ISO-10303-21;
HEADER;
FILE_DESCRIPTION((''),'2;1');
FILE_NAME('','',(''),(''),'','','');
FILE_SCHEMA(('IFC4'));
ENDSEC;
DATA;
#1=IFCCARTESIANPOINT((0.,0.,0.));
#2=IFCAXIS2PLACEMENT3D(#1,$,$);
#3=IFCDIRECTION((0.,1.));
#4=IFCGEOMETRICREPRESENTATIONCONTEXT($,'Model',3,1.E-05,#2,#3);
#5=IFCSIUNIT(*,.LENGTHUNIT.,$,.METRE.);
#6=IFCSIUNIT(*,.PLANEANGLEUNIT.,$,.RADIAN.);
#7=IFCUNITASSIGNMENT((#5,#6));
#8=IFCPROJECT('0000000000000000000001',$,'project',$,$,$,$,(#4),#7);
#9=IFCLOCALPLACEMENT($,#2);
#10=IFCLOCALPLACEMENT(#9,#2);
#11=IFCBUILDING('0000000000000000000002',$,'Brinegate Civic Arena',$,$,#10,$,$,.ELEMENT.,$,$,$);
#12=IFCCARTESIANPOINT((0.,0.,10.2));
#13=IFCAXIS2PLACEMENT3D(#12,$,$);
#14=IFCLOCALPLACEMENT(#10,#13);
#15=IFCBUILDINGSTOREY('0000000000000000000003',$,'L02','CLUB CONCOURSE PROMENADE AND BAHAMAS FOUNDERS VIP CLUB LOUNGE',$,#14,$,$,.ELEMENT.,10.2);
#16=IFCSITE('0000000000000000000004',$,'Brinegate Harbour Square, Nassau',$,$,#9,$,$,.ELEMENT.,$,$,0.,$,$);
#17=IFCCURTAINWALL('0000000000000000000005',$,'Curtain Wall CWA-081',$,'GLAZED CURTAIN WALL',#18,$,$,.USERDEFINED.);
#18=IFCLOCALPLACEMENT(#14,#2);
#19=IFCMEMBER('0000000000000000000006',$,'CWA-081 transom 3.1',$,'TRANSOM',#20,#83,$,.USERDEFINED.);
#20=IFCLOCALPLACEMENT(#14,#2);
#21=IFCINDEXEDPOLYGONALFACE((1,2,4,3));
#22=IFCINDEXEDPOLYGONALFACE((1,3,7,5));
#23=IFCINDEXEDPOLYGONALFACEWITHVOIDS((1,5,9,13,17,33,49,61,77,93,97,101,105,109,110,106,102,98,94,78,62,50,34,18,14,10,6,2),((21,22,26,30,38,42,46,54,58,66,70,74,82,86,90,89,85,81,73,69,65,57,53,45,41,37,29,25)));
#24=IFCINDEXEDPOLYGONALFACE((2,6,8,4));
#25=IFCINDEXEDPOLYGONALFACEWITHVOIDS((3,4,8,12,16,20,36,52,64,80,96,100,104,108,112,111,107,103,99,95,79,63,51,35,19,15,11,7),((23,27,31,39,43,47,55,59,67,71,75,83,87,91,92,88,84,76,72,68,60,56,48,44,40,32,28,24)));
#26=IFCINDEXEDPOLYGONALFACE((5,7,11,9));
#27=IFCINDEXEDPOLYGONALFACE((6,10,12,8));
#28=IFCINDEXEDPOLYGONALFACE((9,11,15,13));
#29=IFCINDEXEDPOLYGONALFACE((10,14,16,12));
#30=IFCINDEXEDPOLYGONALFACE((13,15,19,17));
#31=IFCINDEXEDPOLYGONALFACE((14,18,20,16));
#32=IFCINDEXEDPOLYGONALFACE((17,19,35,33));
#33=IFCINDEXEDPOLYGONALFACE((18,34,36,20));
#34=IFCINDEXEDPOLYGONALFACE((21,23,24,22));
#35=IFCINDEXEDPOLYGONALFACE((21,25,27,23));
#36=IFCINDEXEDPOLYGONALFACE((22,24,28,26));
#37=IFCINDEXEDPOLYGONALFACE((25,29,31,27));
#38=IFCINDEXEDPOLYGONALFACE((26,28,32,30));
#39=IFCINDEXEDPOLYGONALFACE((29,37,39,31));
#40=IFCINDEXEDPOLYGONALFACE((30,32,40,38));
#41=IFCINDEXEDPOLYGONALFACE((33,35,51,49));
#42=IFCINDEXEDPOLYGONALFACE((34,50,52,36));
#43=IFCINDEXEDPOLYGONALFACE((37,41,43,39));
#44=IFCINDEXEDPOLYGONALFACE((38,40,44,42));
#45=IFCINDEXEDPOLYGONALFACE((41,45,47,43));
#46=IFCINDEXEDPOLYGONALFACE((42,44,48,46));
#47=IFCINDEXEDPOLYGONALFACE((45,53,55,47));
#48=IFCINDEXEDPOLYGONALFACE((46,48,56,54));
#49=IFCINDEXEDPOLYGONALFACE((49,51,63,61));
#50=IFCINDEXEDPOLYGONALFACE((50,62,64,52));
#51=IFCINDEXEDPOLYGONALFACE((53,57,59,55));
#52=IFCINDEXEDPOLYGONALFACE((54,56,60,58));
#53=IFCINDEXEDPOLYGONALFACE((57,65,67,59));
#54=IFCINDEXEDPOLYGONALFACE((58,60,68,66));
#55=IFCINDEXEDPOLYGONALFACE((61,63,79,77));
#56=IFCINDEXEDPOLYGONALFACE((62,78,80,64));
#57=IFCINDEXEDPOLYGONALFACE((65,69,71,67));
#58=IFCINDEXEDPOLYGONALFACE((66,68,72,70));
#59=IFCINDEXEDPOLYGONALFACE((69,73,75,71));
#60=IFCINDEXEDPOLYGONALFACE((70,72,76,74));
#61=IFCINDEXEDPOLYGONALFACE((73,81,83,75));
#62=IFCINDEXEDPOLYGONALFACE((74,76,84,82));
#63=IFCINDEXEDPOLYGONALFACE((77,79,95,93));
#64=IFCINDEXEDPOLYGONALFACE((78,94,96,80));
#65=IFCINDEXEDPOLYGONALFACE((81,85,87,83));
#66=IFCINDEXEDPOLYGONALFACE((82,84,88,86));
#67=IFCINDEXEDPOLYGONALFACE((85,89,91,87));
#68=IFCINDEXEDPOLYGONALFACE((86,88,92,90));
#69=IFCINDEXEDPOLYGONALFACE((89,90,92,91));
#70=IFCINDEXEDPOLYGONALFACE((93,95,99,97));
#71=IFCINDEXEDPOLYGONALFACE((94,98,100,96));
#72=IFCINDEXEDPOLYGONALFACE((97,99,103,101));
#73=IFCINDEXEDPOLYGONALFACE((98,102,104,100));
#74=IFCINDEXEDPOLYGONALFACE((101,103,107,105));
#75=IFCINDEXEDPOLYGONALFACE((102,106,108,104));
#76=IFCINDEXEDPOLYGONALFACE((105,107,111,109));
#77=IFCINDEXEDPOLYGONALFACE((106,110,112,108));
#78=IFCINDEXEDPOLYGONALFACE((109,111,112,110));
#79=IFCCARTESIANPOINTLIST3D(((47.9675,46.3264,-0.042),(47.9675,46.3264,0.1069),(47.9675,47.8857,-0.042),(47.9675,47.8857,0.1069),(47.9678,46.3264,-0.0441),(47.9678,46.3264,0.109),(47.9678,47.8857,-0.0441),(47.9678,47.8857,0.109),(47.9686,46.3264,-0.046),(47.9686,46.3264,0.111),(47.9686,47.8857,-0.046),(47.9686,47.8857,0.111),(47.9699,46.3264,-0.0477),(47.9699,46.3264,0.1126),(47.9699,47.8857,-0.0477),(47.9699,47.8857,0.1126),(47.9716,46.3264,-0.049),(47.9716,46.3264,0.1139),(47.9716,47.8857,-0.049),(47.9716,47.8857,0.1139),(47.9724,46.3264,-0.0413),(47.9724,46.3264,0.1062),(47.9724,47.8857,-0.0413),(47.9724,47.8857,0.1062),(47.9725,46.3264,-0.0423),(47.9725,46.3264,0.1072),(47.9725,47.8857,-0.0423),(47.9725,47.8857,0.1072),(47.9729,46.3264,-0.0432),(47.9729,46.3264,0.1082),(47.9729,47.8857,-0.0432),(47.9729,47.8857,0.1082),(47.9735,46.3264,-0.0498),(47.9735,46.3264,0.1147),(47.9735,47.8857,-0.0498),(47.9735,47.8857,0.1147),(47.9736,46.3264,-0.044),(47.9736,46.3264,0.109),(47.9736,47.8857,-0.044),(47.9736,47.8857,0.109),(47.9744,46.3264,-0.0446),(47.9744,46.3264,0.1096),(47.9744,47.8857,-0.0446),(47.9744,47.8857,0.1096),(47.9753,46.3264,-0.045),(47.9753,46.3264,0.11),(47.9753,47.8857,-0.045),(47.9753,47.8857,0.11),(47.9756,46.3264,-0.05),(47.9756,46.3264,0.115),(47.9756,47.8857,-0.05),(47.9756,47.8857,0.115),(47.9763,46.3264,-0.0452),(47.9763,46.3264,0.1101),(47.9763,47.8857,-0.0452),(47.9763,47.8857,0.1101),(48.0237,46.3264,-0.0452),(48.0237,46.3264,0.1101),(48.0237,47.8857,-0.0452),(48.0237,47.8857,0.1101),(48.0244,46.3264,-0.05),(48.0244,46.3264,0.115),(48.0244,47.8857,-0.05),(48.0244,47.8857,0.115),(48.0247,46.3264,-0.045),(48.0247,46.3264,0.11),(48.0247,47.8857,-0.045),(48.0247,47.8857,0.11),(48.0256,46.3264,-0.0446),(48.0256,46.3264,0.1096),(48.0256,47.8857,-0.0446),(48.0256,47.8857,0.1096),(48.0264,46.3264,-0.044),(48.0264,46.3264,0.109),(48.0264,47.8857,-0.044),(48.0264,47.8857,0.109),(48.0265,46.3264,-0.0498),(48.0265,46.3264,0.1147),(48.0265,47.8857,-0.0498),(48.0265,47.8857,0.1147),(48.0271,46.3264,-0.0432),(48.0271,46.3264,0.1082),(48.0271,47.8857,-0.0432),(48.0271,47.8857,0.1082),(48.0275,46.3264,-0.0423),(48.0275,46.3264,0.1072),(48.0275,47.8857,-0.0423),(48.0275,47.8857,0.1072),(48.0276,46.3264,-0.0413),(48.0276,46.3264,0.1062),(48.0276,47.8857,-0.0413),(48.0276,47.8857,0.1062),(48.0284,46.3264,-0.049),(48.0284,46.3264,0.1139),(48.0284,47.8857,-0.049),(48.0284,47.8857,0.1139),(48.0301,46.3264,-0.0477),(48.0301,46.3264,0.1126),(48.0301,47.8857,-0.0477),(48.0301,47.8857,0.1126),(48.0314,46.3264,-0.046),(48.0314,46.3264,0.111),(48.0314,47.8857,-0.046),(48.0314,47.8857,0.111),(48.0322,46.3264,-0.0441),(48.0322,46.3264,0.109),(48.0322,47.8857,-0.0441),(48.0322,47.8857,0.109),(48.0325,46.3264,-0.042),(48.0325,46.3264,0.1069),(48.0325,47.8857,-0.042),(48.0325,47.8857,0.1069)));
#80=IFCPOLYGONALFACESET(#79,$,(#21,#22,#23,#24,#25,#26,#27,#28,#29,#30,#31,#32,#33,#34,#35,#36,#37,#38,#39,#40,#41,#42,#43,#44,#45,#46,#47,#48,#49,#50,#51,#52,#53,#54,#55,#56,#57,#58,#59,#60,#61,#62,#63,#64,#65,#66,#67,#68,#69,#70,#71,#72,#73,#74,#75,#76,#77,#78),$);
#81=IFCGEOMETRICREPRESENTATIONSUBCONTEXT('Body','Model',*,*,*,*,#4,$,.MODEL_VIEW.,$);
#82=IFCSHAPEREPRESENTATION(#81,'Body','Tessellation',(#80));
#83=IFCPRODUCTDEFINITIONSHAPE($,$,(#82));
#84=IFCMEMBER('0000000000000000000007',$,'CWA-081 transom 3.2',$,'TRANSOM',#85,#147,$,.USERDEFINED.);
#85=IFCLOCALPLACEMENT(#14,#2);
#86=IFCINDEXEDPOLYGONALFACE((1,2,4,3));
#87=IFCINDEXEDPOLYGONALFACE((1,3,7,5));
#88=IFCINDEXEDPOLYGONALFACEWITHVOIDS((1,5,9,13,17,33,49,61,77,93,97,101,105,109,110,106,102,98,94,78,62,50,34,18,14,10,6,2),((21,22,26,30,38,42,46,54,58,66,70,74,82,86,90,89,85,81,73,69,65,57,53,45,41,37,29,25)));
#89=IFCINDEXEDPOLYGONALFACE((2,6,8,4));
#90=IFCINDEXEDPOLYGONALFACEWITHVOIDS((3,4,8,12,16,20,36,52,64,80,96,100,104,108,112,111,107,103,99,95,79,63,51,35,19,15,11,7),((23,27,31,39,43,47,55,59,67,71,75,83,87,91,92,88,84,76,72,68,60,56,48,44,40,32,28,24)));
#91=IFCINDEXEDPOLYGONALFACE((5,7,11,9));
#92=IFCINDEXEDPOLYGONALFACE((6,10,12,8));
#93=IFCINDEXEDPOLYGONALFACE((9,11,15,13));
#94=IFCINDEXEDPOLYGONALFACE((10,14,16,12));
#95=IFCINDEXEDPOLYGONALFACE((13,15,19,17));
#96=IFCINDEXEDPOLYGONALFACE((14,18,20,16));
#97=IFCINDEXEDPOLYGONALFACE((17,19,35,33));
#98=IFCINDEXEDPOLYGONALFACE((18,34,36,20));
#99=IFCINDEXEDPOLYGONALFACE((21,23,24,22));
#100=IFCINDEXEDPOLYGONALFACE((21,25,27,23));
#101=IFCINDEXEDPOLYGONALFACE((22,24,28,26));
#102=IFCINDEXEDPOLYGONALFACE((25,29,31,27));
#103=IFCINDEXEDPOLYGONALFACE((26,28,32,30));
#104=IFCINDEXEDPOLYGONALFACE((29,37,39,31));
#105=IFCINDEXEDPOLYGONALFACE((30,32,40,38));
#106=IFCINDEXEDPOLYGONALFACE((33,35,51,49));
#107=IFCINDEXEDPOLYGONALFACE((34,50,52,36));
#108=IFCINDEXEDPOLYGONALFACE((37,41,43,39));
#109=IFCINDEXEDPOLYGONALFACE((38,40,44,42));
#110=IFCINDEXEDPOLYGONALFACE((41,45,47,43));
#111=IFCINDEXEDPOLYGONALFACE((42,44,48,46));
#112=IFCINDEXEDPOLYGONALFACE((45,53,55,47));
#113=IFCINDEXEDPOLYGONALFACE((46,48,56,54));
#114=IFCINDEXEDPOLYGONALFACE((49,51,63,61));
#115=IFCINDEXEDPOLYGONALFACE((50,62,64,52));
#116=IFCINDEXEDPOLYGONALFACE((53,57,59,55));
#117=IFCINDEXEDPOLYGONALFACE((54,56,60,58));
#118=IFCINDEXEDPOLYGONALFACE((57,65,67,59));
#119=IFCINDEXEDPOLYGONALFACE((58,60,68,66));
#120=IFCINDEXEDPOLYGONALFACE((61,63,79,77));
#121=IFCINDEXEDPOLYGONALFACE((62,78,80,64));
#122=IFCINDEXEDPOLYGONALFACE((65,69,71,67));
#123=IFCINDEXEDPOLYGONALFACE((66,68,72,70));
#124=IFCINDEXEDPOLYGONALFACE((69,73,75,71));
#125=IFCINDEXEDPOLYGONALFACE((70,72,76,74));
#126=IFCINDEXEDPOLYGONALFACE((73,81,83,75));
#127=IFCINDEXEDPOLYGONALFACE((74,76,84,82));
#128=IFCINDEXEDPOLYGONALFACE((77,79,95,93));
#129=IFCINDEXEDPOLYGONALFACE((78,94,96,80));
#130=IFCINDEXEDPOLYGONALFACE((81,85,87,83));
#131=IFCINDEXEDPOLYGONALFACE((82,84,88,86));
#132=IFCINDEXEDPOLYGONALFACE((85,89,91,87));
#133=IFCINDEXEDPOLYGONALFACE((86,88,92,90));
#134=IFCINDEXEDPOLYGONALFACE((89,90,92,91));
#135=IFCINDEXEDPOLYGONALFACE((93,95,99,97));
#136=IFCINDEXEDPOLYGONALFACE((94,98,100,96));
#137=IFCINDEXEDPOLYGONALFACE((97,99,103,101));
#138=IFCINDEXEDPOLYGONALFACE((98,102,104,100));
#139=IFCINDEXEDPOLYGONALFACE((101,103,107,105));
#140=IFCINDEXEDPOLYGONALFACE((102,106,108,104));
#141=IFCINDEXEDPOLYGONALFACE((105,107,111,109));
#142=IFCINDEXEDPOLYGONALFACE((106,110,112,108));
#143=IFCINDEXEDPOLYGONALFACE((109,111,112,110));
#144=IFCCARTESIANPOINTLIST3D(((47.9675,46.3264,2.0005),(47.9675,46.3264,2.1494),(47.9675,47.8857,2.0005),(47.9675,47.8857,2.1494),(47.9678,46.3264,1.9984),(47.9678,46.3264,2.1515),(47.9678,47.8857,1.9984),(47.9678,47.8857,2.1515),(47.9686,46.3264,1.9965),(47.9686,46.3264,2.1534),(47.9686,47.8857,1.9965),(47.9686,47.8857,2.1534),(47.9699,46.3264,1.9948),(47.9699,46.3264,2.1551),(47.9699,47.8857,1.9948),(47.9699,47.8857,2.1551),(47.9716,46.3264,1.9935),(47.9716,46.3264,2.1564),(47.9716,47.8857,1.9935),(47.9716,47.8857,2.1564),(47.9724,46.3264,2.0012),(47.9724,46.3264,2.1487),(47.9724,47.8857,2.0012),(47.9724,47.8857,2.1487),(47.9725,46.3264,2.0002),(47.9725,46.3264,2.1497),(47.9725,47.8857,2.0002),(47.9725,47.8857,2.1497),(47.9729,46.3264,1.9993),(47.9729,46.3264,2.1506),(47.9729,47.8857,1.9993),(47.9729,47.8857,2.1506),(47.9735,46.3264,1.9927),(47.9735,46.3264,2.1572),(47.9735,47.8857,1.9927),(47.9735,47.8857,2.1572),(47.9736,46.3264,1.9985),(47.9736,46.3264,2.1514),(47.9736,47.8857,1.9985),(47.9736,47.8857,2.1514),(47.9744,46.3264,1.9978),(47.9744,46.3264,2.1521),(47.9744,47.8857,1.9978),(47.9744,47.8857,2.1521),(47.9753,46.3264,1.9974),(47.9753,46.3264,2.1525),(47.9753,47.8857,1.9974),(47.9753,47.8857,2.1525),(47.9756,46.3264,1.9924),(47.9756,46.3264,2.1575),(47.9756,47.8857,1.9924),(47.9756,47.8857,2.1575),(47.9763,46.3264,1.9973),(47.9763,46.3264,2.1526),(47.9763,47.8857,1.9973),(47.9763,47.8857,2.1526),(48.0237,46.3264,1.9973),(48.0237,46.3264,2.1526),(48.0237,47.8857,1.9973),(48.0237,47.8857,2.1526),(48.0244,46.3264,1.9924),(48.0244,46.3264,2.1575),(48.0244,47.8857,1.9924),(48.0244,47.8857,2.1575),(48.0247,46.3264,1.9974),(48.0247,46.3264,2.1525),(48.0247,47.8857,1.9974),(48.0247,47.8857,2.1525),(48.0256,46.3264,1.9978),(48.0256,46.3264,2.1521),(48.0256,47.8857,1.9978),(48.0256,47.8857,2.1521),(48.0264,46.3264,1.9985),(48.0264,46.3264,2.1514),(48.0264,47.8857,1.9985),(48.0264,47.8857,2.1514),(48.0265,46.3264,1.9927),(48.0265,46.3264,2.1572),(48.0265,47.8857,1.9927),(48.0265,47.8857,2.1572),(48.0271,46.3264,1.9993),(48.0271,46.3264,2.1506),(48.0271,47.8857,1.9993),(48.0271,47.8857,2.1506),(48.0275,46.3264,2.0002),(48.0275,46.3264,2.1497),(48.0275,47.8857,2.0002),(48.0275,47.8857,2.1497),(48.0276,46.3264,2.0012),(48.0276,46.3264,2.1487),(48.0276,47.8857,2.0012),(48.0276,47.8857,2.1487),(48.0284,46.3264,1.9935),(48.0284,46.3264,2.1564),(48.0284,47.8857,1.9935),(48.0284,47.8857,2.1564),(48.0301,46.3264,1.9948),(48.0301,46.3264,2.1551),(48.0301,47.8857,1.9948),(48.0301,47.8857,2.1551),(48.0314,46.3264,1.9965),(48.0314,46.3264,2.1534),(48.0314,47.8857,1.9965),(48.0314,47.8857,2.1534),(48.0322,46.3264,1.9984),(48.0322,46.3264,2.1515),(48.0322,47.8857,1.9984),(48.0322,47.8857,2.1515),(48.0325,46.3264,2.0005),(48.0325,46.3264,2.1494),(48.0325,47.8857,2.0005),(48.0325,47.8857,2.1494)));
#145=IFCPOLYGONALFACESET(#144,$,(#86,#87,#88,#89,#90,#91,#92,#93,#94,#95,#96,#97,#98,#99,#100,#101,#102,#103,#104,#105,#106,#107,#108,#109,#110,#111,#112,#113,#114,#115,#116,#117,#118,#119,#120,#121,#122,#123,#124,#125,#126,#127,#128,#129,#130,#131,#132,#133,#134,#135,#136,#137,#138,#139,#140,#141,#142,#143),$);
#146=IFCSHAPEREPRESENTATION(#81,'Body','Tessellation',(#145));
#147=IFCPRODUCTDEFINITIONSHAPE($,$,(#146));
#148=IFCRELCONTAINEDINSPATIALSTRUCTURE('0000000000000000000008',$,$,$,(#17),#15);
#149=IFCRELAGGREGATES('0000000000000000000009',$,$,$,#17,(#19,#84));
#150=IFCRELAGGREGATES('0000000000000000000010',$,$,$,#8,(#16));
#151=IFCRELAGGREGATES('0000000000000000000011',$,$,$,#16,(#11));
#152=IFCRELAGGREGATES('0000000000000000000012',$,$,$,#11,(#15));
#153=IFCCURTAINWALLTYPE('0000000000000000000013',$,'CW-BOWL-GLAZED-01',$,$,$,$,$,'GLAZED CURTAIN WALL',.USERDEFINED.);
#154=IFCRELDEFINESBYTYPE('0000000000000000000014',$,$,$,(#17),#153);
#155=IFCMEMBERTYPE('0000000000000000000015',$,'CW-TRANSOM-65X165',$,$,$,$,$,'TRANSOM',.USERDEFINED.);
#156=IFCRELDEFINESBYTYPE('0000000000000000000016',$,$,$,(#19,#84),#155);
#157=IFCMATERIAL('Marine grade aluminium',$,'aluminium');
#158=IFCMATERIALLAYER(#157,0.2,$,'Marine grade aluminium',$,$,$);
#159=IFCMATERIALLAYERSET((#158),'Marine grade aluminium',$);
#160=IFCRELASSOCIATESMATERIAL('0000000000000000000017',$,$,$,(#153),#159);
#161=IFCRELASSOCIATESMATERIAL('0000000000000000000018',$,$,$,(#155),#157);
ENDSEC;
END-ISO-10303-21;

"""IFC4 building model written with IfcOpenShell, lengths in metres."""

from ifc_helpers import new_model, si_unit, direction, frame, origin, origin_2d, place, context, subcontext, project, spatial, hollow_rectangle, extrude, material, layer, layer_set, material_profile, profile_set, type_object, element, aggregate, save


model = new_model("IFC4")

# Units and contexts
model_context = context("Model", 3, precision=1e-05, world=origin(), true_north=direction((0.0, 1.0)))
body_context = subcontext(model_context, "Body", "Model", "MODEL_VIEW")
ifc_project = project(units=[si_unit("LENGTHUNIT", "METRE"), si_unit("PLANEANGLEUNIT", "RADIAN")], contexts=[model_context])

# Site, building, storey
site_placement = place(None, origin())
site = spatial("IfcSite", under=ifc_project, at=site_placement, Name="Brinegate Harbour Square, Nassau", CompositionType="ELEMENT", RefElevation=0.0)
building_placement = place(site_placement, origin())
building = spatial("IfcBuilding", under=site, at=building_placement, Name="Brinegate Civic Arena", CompositionType="ELEMENT")
storey_placement = place(building_placement, frame((0.0, 0.0, 10.2)))
storey = spatial("IfcBuildingStorey", under=building, at=storey_placement, Name="L02", Description="CLUB CONCOURSE PROMENADE AND BAHAMAS FOUNDERS VIP CLUB LOUNGE", CompositionType="ELEMENT", Elevation=10.2)

# Curtain wall, members
ifc_material_1 = material(Name="Marine grade aluminium", Category="aluminium")
ifc_layer_1 = layer(ifc_material_1, 0.2, Name="Marine grade aluminium")
ifc_layer_set_1 = layer_set([ifc_layer_1], Name="Marine grade aluminium")
curtain_wall_type = type_object("IfcCurtainWallType", Name="CW-BOWL-GLAZED-01", ElementType="GLAZED CURTAIN WALL", PredefinedType="USERDEFINED", material=ifc_layer_set_1)
curtain_wall_placement = place(storey_placement, origin())
curtain_wall = element("IfcCurtainWall", 1, at=curtain_wall_placement, inside=storey, type_object=curtain_wall_type, Name="Curtain Wall CWA-081", ObjectType="GLAZED CURTAIN WALL", PredefinedType="USERDEFINED")
ifc_material_profile_1 = material_profile(ifc_material_1, hollow_rectangle(XDim=0.0649, YDim=0.165, WallThickness=0.0049, InnerFilletRadius=0.0039, OuterFilletRadius=0.0081, at=origin_2d()), Name="TRN65X165")
ifc_profile_set_1 = profile_set([ifc_material_profile_1], Name="Marine grade aluminium")
member_type_1 = type_object("IfcMemberType", Name="CW-TRANSOM-65X165", ElementType="TRANSOM", PredefinedType="USERDEFINED", material=ifc_profile_set_1)
member_1_placement = place(storey_placement, frame((48.0, 46.3264, 0.0325), z_axis=(0.0, 1.0, 0.0), x_axis=(-1.0, 0.0, 0.0)))
member_1 = element("IfcMember", 2, at=member_1_placement, type_object=member_type_1, Name="CWA-081 transom 3.1", ObjectType="TRANSOM", PredefinedType="USERDEFINED", context=body_context, shape_type="SweptSolid", body=[
    extrude(hollow_rectangle(XDim=0.0649, YDim=0.165, WallThickness=0.0049, InnerFilletRadius=0.0039, OuterFilletRadius=0.0081, at=origin_2d()), origin(), (0.0, 0.0, 1.0), 1.5593),
])
member_2_placement = place(storey_placement, frame((48.0, 46.3264, 2.075), z_axis=(0.0, 1.0, 0.0), x_axis=(-1.0, 0.0, 0.0)))
member_2 = element("IfcMember", 3, at=member_2_placement, type_object=member_type_1, Name="CWA-081 transom 3.2", ObjectType="TRANSOM", PredefinedType="USERDEFINED", context=body_context, shape_type="SweptSolid", body=[
    extrude(hollow_rectangle(XDim=0.0649, YDim=0.165, WallThickness=0.0049, InnerFilletRadius=0.0039, OuterFilletRadius=0.0081, at=origin_2d()), origin(), (0.0, 0.0, 1.0), 1.5593),
])
aggregate(curtain_wall, [member_1, member_2])

save(model, "model.ifc")
